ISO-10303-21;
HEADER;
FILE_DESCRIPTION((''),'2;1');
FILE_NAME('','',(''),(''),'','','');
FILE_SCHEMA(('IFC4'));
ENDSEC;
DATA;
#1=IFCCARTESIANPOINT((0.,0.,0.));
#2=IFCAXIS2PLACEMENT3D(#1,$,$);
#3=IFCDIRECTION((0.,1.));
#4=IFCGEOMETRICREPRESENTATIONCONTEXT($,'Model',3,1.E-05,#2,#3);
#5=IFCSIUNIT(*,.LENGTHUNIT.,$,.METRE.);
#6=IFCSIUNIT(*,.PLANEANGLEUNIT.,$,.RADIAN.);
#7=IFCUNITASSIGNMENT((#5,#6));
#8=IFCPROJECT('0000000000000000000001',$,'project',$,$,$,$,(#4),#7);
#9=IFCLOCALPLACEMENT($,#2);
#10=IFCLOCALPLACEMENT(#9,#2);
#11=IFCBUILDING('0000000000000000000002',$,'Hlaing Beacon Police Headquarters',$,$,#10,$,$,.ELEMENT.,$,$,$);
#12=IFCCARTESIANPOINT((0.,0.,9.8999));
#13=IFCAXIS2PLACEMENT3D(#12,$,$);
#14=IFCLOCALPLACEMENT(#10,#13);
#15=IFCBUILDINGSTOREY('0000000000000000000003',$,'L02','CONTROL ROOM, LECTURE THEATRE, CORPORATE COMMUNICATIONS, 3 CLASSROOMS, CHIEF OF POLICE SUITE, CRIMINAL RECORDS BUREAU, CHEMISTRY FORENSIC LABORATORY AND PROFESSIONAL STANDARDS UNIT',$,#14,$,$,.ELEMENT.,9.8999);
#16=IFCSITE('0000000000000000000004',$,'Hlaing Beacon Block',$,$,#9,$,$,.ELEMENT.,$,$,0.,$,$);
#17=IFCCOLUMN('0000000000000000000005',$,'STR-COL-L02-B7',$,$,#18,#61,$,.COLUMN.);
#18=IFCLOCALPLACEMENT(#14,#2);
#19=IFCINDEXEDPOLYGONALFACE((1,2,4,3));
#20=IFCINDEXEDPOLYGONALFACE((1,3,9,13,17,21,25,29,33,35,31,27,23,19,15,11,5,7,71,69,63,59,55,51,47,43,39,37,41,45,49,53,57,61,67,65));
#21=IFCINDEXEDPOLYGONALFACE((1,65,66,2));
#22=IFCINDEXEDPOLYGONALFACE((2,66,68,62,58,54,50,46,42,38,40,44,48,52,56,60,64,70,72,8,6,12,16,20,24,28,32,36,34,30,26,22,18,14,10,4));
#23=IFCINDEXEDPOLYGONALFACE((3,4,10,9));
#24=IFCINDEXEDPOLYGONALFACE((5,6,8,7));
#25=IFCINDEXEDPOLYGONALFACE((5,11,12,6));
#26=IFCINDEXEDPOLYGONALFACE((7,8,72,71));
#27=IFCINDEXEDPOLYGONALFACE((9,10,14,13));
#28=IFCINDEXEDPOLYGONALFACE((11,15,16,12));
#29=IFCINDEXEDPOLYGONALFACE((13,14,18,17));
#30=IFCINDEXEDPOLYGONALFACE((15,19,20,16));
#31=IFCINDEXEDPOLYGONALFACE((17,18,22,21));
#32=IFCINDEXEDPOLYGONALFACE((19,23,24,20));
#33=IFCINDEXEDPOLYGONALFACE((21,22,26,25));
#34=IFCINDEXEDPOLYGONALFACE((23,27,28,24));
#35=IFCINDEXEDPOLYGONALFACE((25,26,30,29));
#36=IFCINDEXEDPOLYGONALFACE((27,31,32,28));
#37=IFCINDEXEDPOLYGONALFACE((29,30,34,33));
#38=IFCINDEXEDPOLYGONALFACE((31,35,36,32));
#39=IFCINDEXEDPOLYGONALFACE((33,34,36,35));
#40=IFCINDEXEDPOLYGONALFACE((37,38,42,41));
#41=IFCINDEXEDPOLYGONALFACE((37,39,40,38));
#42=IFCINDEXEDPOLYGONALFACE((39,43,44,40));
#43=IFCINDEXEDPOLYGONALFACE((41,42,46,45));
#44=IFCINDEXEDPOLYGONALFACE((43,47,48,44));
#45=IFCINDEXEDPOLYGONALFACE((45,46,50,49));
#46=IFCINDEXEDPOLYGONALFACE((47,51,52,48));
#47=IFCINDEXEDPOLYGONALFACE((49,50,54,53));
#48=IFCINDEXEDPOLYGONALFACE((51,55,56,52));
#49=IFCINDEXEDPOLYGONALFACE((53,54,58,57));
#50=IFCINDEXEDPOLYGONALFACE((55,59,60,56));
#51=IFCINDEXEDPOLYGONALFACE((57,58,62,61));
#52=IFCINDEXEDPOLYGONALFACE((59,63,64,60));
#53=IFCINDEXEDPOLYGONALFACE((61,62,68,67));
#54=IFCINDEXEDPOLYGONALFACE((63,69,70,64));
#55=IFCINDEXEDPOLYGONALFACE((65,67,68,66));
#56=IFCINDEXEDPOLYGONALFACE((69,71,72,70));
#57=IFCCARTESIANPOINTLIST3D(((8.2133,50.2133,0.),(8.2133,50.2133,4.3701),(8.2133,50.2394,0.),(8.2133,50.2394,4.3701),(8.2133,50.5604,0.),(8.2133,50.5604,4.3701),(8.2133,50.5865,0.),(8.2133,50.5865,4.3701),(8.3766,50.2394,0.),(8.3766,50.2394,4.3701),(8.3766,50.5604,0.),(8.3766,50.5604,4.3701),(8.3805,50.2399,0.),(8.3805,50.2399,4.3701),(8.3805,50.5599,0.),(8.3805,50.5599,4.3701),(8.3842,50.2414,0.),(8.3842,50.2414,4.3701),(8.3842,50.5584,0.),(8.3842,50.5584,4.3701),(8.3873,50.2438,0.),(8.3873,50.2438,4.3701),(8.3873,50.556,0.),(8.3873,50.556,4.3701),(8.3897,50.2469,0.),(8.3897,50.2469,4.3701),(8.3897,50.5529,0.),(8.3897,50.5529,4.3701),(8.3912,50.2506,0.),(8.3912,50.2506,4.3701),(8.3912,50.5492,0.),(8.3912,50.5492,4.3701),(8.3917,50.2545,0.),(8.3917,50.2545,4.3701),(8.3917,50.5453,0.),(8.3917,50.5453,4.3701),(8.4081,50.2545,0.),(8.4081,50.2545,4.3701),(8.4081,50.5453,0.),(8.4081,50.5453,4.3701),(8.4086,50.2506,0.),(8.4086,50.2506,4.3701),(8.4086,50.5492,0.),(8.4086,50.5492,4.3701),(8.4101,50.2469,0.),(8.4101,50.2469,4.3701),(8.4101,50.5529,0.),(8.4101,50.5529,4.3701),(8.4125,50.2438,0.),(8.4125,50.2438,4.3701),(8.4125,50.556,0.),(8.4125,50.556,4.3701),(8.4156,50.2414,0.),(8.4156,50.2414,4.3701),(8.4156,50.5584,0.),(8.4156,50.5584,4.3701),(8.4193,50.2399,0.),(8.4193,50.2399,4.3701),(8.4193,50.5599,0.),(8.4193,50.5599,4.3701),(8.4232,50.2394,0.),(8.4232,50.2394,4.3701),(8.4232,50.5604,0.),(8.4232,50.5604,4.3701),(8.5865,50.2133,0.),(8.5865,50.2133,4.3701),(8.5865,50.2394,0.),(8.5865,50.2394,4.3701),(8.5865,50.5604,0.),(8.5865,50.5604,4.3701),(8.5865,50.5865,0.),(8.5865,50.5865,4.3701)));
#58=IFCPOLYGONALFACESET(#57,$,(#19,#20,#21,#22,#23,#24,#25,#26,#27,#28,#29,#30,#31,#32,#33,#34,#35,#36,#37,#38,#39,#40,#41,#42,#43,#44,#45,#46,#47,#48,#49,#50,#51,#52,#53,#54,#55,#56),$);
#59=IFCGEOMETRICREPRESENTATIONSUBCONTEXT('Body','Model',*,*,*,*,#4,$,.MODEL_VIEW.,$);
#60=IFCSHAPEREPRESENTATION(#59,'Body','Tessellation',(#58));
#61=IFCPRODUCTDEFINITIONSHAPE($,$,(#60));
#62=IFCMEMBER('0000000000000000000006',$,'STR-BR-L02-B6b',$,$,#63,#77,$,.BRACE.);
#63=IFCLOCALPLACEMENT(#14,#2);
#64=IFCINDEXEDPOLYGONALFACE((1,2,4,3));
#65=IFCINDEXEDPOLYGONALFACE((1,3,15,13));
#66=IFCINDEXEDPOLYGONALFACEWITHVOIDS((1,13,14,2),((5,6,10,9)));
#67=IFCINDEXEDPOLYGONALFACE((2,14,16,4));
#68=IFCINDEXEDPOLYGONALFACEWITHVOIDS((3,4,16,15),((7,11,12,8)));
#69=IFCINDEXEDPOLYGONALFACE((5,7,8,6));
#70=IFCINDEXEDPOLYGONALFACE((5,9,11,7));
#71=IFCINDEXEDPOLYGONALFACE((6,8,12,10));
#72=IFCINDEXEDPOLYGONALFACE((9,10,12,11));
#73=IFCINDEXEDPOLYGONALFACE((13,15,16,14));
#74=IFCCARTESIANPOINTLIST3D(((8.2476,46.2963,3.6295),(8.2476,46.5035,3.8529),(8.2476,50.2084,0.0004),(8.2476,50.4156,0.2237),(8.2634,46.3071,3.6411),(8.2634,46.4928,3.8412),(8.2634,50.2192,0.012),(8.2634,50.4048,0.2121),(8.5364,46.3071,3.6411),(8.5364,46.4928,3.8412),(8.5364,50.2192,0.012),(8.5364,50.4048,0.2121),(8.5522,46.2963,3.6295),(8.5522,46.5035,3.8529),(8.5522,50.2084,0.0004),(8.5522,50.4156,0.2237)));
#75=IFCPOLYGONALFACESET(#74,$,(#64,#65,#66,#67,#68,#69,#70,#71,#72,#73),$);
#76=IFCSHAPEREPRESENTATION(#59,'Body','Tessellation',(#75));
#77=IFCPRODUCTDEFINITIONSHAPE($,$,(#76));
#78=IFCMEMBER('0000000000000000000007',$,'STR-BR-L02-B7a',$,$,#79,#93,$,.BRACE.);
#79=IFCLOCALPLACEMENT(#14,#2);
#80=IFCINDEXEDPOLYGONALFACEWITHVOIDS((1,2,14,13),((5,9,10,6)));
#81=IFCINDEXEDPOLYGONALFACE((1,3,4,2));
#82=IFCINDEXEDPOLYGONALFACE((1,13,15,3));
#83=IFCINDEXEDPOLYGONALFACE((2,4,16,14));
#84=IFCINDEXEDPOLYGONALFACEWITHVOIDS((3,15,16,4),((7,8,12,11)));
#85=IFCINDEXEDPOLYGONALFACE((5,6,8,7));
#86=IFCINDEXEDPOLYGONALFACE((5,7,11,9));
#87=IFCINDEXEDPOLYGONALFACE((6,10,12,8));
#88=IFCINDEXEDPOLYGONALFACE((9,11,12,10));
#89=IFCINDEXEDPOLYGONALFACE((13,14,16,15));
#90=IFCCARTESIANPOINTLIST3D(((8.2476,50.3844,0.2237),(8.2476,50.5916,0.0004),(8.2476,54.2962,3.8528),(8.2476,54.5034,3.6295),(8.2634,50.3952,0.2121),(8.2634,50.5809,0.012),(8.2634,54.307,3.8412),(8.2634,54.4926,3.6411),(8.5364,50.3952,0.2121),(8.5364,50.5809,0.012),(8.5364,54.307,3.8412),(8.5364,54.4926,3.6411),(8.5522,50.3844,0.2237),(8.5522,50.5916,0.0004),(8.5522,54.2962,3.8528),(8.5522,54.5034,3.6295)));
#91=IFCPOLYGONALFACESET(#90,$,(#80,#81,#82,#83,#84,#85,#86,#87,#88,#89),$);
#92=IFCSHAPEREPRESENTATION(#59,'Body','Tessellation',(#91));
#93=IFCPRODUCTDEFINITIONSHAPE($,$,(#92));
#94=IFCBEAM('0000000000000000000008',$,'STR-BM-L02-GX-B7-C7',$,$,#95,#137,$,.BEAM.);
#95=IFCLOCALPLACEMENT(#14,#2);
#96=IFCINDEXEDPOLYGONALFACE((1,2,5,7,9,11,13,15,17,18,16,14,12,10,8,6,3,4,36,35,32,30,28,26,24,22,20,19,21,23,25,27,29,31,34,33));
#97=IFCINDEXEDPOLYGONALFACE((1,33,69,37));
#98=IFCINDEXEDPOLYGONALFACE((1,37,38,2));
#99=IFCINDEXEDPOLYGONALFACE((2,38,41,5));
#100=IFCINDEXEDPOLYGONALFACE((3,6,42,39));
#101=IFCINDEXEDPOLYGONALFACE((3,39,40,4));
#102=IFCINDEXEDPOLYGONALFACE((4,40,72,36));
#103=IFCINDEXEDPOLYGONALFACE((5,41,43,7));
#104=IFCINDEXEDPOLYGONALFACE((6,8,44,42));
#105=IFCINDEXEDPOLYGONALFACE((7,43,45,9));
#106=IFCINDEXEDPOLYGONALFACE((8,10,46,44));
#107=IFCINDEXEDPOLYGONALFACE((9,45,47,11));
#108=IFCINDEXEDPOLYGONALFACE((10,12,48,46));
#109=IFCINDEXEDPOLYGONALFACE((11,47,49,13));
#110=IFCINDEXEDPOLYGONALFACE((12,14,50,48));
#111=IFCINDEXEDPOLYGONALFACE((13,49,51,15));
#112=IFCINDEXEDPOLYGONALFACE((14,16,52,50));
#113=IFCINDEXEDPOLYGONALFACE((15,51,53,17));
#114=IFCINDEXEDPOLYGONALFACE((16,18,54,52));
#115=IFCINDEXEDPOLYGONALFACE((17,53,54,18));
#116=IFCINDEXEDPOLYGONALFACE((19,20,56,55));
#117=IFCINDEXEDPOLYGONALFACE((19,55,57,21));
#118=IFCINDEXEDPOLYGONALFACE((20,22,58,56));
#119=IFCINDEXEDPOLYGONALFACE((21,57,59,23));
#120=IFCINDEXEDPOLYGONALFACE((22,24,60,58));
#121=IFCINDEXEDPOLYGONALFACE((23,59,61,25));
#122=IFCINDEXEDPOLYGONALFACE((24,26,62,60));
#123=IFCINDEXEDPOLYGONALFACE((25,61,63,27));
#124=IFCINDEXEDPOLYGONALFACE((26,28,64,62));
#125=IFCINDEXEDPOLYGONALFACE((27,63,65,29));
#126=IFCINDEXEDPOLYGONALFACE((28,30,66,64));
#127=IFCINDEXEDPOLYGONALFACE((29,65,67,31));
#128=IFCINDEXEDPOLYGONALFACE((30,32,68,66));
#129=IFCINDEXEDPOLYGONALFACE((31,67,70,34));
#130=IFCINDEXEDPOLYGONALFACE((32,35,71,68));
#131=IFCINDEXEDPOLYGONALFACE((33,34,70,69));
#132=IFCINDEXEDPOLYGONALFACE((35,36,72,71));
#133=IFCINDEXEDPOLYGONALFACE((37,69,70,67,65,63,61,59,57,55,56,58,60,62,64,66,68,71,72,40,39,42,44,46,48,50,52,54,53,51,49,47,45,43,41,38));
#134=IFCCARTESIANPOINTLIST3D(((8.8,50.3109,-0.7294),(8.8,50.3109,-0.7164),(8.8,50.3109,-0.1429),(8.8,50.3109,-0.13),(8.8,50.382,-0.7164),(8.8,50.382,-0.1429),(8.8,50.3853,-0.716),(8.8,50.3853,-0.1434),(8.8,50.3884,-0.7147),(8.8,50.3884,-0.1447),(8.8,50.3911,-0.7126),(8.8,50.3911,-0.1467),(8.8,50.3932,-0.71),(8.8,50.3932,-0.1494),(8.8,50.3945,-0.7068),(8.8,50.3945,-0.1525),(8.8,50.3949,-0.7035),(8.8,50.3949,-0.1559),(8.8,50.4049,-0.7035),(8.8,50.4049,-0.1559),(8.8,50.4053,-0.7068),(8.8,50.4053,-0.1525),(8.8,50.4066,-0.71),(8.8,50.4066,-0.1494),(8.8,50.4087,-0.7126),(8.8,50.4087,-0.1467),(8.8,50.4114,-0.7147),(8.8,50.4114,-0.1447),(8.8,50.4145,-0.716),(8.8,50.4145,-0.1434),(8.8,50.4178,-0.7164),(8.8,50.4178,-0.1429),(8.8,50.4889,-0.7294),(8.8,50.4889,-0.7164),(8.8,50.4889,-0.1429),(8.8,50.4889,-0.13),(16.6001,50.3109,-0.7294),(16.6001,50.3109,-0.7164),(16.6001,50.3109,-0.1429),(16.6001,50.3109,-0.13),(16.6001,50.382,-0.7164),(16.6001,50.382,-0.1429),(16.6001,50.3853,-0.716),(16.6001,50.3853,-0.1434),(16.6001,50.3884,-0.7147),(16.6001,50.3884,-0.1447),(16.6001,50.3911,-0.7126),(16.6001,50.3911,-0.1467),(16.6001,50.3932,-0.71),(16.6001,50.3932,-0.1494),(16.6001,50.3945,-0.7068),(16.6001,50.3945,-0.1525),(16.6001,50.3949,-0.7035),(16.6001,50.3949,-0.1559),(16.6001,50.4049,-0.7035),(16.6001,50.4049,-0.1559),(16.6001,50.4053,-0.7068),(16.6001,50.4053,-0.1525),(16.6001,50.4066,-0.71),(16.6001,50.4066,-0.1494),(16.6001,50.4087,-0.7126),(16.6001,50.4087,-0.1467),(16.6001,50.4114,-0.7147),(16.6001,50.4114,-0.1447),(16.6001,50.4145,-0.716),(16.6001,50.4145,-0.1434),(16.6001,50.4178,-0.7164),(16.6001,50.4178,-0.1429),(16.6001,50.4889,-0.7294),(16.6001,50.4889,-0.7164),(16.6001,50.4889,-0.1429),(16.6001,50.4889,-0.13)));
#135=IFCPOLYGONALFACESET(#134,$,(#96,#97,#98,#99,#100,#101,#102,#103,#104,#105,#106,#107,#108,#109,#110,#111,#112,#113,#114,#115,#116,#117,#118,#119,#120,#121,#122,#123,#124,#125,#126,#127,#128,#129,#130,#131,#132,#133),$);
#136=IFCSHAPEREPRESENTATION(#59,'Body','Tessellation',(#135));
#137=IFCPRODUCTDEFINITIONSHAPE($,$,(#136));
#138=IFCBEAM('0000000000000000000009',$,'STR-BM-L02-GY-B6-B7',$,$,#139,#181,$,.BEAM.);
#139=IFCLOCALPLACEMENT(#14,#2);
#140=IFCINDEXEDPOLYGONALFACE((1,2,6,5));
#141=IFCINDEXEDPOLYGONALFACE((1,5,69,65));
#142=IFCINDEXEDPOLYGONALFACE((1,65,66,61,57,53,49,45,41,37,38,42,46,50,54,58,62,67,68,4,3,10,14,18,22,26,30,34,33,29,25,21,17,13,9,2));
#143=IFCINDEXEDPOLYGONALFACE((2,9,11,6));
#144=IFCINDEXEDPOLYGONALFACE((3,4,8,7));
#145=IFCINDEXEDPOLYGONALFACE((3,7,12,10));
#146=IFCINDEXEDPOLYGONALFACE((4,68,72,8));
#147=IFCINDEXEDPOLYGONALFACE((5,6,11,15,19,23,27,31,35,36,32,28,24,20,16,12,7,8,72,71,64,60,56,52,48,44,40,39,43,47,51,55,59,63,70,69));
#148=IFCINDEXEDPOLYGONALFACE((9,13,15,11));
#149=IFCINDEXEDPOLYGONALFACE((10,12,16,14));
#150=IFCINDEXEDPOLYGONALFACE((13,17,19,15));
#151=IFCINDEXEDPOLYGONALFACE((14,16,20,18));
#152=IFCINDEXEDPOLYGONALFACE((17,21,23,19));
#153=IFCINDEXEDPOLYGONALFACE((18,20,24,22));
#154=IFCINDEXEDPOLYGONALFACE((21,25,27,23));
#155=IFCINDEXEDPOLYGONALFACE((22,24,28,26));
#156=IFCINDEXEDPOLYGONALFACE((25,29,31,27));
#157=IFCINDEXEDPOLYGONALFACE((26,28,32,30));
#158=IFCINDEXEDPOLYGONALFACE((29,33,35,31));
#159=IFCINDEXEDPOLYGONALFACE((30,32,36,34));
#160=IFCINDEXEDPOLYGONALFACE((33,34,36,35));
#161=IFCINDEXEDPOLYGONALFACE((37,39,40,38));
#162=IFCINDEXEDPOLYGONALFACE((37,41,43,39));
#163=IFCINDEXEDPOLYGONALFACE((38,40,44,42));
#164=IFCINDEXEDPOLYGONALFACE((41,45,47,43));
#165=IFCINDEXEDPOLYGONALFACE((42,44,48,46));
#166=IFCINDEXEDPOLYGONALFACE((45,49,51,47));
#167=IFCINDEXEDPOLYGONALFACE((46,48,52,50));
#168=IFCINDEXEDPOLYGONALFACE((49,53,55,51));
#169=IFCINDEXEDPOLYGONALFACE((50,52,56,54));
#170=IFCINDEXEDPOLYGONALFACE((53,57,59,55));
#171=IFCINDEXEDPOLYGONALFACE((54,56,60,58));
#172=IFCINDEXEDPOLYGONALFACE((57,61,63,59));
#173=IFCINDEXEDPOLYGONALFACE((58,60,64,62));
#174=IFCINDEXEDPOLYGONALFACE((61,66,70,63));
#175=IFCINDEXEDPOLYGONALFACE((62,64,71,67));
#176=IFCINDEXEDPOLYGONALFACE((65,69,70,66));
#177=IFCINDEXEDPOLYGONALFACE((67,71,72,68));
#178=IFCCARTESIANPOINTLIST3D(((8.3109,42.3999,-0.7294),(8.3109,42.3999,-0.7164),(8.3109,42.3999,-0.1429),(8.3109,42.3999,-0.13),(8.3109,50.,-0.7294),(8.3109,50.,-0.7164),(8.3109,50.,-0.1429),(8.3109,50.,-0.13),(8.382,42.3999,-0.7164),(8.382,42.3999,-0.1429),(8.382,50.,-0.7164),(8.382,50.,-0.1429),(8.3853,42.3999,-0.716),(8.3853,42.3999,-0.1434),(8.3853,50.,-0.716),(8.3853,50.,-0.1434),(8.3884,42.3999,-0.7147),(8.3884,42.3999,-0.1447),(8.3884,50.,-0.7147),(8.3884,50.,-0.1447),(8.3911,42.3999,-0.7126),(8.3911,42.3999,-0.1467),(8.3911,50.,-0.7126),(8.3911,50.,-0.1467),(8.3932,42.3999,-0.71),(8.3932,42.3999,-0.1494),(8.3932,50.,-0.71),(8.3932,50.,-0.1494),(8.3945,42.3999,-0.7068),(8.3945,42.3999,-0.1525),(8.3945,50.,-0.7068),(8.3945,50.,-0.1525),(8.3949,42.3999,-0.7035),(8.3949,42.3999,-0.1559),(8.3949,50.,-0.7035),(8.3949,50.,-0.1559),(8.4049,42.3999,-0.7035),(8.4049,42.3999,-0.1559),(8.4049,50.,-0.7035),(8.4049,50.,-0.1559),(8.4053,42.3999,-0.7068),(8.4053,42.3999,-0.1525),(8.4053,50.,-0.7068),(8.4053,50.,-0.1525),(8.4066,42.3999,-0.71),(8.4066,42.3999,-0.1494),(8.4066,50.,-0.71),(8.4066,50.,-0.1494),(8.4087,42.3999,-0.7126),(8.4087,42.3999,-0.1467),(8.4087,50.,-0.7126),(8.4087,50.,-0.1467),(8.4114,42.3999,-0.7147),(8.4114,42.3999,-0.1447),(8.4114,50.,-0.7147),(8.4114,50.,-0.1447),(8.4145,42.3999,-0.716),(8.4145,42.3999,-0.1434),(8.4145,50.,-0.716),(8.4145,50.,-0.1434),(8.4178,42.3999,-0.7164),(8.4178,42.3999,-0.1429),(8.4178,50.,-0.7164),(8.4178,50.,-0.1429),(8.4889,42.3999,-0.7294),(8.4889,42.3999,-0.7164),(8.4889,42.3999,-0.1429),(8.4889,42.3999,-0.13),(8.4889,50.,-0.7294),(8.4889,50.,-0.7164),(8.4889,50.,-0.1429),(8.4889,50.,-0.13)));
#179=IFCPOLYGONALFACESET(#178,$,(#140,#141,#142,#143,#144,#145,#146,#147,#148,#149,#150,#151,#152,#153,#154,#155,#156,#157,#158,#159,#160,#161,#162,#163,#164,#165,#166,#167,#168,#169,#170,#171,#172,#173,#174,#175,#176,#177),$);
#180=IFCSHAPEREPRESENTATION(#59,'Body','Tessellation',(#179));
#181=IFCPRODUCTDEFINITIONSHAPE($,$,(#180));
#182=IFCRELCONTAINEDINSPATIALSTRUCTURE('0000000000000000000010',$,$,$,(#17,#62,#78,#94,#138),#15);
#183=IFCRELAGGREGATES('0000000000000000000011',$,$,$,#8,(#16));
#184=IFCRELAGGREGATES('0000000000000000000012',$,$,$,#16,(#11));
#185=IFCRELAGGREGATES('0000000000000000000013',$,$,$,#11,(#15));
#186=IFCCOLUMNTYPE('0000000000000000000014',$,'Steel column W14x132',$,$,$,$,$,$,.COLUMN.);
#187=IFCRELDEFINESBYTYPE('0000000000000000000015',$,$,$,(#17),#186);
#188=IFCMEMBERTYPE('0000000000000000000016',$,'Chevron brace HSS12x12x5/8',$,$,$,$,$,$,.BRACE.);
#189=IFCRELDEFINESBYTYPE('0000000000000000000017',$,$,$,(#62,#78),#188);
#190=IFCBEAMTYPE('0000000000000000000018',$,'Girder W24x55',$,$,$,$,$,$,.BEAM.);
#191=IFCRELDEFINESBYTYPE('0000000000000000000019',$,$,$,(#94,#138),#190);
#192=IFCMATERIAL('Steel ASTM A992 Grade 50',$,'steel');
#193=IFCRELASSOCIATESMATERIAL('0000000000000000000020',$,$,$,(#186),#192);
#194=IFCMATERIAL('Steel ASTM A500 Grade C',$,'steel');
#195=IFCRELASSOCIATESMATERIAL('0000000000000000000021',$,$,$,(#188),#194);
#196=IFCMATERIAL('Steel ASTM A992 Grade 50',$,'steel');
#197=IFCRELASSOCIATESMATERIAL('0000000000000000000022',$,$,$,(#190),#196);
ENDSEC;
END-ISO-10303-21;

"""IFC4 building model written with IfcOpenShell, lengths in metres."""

from ifc_helpers import new_model, si_unit, direction, frame, origin, origin_2d, place, context, subcontext, project, spatial, hollow_rectangle, i_section, extrude, material, material_profile, profile_set, type_object, element, save


model = new_model("IFC4")

# Units and contexts
model_context = context("Model", 3, precision=1e-05, world=origin(), true_north=direction((0.0, 1.0)))
body_context = subcontext(model_context, "Body", "Model", "MODEL_VIEW")
ifc_project = project(units=[si_unit("LENGTHUNIT", "METRE"), si_unit("PLANEANGLEUNIT", "RADIAN")], contexts=[model_context])

# Site, building, storey
site_placement = place(None, origin())
site = spatial("IfcSite", under=ifc_project, at=site_placement, Name="Hlaing Beacon Block", CompositionType="ELEMENT", RefElevation=0.0)
building_placement = place(site_placement, origin())
building = spatial("IfcBuilding", under=site, at=building_placement, Name="Hlaing Beacon Police Headquarters", CompositionType="ELEMENT")
storey_placement = place(building_placement, frame((0.0, 0.0, 9.8999)))
storey = spatial("IfcBuildingStorey", under=building, at=storey_placement, Name="L02", Description="CONTROL ROOM, LECTURE THEATRE, CORPORATE COMMUNICATIONS, 3 CLASSROOMS, CHIEF OF POLICE SUITE, CRIMINAL RECORDS BUREAU, CHEMISTRY FORENSIC LABORATORY AND PROFESSIONAL STANDARDS UNIT", CompositionType="ELEMENT", Elevation=9.8999)

# Column
ifc_material_1 = material(Name="Steel ASTM A992 Grade 50", Category="steel")
ifc_material_profile_1 = material_profile(ifc_material_1, i_section(OverallWidth=0.3733, OverallDepth=0.3733, WebThickness=0.0164, FlangeThickness=0.0261, FilletRadius=0.0151, at=origin_2d()), Name="W14x132")
ifc_profile_set_1 = profile_set([ifc_material_profile_1], Name="Steel ASTM A992 Grade 50")
column_type = type_object("IfcColumnType", Name="Steel column W14x132", PredefinedType="COLUMN", material=ifc_profile_set_1)
column_placement = place(storey_placement, frame((8.3999, 50.3999, 0.0), z_axis=(0.0, 0.0, 1.0), x_axis=(1.0, 0.0, 0.0)))
element("IfcColumn", 1, at=column_placement, inside=storey, type_object=column_type, Name="STR-COL-L02-B7", PredefinedType="COLUMN", context=body_context, shape_type="SweptSolid", body=[
    extrude(i_section(OverallWidth=0.3733, OverallDepth=0.3733, WebThickness=0.0164, FlangeThickness=0.0261, FilletRadius=0.0151, at=origin_2d()), origin(), (0.0, 0.0, 1.0), 4.3701),
])

# Members
ifc_material_2 = material(Name="Steel ASTM A500 Grade C", Category="steel")
ifc_material_profile_2 = material_profile(ifc_material_2, hollow_rectangle(XDim=0.3047, YDim=0.3047, WallThickness=0.0159, at=origin_2d()), Name="HSS12x12x5/8")
ifc_profile_set_2 = profile_set([ifc_material_profile_2], Name="Steel ASTM A500 Grade C")
member_type = type_object("IfcMemberType", Name="Chevron brace HSS12x12x5/8", PredefinedType="BRACE", material=ifc_profile_set_2)
member_1_placement = place(storey_placement, frame((8.3999, 50.312, 0.1121), z_axis=(0.0, -0.733123, 0.680097), x_axis=(1.0, 0.0, 0.0)))
element("IfcMember", 2, at=member_1_placement, inside=storey, type_object=member_type, Name="STR-BR-L02-B6b", PredefinedType="BRACE", context=body_context, shape_type="SweptSolid", body=[
    extrude(hollow_rectangle(XDim=0.3047, YDim=0.3047, WallThickness=0.0159, at=origin_2d()), origin(), (0.0, 0.0, 1.0), 5.3362),
])
member_2_placement = place(storey_placement, frame((8.3999, 50.488, 0.1121), z_axis=(0.0, 0.733101, 0.680119), x_axis=(-1.0, 0.0, 0.0)))
element("IfcMember", 3, at=member_2_placement, inside=storey, type_object=member_type, Name="STR-BR-L02-B7a", PredefinedType="BRACE", context=body_context, shape_type="SweptSolid", body=[
    extrude(hollow_rectangle(XDim=0.3047, YDim=0.3047, WallThickness=0.0159, at=origin_2d()), origin(), (0.0, 0.0, 1.0), 5.3359),
])

# Beams
ifc_material_3 = material(Name="Steel ASTM A992 Grade 50", Category="steel")
ifc_material_profile_3 = material_profile(ifc_material_3, i_section(OverallWidth=0.178, OverallDepth=0.5994, WebThickness=0.01, FlangeThickness=0.0129, FilletRadius=0.0129, at=origin_2d()), Name="W24x55")
ifc_profile_set_3 = profile_set([ifc_material_profile_3], Name="Steel ASTM A992 Grade 50")
beam_type_1 = type_object("IfcBeamType", Name="Girder W24x55", PredefinedType="BEAM", material=ifc_profile_set_3)
beam_1_placement = place(storey_placement, frame((8.8, 50.3999, -0.4297), z_axis=(1.0, 0.0, 0.0), x_axis=(0.0, 1.0, 0.0)))
element("IfcBeam", 4, at=beam_1_placement, inside=storey, type_object=beam_type_1, Name="STR-BM-L02-GX-B7-C7", PredefinedType="BEAM", context=body_context, shape_type="SweptSolid", body=[
    extrude(i_section(OverallWidth=0.178, OverallDepth=0.5994, WebThickness=0.01, FlangeThickness=0.0129, FilletRadius=0.0129, at=origin_2d()), origin(), (0.0, 0.0, 1.0), 7.8),
])
beam_2_placement = place(storey_placement, frame((8.3999, 42.3999, -0.4297), z_axis=(0.0, 1.0, 0.0), x_axis=(-1.0, 0.0, 0.0)))
element("IfcBeam", 5, at=beam_2_placement, inside=storey, type_object=beam_type_1, Name="STR-BM-L02-GY-B6-B7", PredefinedType="BEAM", context=body_context, shape_type="SweptSolid", body=[
    extrude(i_section(OverallWidth=0.178, OverallDepth=0.5994, WebThickness=0.01, FlangeThickness=0.0129, FilletRadius=0.0129, at=origin_2d()), origin(), (0.0, 0.0, 1.0), 7.6001),
])

save(model, "model.ifc")
